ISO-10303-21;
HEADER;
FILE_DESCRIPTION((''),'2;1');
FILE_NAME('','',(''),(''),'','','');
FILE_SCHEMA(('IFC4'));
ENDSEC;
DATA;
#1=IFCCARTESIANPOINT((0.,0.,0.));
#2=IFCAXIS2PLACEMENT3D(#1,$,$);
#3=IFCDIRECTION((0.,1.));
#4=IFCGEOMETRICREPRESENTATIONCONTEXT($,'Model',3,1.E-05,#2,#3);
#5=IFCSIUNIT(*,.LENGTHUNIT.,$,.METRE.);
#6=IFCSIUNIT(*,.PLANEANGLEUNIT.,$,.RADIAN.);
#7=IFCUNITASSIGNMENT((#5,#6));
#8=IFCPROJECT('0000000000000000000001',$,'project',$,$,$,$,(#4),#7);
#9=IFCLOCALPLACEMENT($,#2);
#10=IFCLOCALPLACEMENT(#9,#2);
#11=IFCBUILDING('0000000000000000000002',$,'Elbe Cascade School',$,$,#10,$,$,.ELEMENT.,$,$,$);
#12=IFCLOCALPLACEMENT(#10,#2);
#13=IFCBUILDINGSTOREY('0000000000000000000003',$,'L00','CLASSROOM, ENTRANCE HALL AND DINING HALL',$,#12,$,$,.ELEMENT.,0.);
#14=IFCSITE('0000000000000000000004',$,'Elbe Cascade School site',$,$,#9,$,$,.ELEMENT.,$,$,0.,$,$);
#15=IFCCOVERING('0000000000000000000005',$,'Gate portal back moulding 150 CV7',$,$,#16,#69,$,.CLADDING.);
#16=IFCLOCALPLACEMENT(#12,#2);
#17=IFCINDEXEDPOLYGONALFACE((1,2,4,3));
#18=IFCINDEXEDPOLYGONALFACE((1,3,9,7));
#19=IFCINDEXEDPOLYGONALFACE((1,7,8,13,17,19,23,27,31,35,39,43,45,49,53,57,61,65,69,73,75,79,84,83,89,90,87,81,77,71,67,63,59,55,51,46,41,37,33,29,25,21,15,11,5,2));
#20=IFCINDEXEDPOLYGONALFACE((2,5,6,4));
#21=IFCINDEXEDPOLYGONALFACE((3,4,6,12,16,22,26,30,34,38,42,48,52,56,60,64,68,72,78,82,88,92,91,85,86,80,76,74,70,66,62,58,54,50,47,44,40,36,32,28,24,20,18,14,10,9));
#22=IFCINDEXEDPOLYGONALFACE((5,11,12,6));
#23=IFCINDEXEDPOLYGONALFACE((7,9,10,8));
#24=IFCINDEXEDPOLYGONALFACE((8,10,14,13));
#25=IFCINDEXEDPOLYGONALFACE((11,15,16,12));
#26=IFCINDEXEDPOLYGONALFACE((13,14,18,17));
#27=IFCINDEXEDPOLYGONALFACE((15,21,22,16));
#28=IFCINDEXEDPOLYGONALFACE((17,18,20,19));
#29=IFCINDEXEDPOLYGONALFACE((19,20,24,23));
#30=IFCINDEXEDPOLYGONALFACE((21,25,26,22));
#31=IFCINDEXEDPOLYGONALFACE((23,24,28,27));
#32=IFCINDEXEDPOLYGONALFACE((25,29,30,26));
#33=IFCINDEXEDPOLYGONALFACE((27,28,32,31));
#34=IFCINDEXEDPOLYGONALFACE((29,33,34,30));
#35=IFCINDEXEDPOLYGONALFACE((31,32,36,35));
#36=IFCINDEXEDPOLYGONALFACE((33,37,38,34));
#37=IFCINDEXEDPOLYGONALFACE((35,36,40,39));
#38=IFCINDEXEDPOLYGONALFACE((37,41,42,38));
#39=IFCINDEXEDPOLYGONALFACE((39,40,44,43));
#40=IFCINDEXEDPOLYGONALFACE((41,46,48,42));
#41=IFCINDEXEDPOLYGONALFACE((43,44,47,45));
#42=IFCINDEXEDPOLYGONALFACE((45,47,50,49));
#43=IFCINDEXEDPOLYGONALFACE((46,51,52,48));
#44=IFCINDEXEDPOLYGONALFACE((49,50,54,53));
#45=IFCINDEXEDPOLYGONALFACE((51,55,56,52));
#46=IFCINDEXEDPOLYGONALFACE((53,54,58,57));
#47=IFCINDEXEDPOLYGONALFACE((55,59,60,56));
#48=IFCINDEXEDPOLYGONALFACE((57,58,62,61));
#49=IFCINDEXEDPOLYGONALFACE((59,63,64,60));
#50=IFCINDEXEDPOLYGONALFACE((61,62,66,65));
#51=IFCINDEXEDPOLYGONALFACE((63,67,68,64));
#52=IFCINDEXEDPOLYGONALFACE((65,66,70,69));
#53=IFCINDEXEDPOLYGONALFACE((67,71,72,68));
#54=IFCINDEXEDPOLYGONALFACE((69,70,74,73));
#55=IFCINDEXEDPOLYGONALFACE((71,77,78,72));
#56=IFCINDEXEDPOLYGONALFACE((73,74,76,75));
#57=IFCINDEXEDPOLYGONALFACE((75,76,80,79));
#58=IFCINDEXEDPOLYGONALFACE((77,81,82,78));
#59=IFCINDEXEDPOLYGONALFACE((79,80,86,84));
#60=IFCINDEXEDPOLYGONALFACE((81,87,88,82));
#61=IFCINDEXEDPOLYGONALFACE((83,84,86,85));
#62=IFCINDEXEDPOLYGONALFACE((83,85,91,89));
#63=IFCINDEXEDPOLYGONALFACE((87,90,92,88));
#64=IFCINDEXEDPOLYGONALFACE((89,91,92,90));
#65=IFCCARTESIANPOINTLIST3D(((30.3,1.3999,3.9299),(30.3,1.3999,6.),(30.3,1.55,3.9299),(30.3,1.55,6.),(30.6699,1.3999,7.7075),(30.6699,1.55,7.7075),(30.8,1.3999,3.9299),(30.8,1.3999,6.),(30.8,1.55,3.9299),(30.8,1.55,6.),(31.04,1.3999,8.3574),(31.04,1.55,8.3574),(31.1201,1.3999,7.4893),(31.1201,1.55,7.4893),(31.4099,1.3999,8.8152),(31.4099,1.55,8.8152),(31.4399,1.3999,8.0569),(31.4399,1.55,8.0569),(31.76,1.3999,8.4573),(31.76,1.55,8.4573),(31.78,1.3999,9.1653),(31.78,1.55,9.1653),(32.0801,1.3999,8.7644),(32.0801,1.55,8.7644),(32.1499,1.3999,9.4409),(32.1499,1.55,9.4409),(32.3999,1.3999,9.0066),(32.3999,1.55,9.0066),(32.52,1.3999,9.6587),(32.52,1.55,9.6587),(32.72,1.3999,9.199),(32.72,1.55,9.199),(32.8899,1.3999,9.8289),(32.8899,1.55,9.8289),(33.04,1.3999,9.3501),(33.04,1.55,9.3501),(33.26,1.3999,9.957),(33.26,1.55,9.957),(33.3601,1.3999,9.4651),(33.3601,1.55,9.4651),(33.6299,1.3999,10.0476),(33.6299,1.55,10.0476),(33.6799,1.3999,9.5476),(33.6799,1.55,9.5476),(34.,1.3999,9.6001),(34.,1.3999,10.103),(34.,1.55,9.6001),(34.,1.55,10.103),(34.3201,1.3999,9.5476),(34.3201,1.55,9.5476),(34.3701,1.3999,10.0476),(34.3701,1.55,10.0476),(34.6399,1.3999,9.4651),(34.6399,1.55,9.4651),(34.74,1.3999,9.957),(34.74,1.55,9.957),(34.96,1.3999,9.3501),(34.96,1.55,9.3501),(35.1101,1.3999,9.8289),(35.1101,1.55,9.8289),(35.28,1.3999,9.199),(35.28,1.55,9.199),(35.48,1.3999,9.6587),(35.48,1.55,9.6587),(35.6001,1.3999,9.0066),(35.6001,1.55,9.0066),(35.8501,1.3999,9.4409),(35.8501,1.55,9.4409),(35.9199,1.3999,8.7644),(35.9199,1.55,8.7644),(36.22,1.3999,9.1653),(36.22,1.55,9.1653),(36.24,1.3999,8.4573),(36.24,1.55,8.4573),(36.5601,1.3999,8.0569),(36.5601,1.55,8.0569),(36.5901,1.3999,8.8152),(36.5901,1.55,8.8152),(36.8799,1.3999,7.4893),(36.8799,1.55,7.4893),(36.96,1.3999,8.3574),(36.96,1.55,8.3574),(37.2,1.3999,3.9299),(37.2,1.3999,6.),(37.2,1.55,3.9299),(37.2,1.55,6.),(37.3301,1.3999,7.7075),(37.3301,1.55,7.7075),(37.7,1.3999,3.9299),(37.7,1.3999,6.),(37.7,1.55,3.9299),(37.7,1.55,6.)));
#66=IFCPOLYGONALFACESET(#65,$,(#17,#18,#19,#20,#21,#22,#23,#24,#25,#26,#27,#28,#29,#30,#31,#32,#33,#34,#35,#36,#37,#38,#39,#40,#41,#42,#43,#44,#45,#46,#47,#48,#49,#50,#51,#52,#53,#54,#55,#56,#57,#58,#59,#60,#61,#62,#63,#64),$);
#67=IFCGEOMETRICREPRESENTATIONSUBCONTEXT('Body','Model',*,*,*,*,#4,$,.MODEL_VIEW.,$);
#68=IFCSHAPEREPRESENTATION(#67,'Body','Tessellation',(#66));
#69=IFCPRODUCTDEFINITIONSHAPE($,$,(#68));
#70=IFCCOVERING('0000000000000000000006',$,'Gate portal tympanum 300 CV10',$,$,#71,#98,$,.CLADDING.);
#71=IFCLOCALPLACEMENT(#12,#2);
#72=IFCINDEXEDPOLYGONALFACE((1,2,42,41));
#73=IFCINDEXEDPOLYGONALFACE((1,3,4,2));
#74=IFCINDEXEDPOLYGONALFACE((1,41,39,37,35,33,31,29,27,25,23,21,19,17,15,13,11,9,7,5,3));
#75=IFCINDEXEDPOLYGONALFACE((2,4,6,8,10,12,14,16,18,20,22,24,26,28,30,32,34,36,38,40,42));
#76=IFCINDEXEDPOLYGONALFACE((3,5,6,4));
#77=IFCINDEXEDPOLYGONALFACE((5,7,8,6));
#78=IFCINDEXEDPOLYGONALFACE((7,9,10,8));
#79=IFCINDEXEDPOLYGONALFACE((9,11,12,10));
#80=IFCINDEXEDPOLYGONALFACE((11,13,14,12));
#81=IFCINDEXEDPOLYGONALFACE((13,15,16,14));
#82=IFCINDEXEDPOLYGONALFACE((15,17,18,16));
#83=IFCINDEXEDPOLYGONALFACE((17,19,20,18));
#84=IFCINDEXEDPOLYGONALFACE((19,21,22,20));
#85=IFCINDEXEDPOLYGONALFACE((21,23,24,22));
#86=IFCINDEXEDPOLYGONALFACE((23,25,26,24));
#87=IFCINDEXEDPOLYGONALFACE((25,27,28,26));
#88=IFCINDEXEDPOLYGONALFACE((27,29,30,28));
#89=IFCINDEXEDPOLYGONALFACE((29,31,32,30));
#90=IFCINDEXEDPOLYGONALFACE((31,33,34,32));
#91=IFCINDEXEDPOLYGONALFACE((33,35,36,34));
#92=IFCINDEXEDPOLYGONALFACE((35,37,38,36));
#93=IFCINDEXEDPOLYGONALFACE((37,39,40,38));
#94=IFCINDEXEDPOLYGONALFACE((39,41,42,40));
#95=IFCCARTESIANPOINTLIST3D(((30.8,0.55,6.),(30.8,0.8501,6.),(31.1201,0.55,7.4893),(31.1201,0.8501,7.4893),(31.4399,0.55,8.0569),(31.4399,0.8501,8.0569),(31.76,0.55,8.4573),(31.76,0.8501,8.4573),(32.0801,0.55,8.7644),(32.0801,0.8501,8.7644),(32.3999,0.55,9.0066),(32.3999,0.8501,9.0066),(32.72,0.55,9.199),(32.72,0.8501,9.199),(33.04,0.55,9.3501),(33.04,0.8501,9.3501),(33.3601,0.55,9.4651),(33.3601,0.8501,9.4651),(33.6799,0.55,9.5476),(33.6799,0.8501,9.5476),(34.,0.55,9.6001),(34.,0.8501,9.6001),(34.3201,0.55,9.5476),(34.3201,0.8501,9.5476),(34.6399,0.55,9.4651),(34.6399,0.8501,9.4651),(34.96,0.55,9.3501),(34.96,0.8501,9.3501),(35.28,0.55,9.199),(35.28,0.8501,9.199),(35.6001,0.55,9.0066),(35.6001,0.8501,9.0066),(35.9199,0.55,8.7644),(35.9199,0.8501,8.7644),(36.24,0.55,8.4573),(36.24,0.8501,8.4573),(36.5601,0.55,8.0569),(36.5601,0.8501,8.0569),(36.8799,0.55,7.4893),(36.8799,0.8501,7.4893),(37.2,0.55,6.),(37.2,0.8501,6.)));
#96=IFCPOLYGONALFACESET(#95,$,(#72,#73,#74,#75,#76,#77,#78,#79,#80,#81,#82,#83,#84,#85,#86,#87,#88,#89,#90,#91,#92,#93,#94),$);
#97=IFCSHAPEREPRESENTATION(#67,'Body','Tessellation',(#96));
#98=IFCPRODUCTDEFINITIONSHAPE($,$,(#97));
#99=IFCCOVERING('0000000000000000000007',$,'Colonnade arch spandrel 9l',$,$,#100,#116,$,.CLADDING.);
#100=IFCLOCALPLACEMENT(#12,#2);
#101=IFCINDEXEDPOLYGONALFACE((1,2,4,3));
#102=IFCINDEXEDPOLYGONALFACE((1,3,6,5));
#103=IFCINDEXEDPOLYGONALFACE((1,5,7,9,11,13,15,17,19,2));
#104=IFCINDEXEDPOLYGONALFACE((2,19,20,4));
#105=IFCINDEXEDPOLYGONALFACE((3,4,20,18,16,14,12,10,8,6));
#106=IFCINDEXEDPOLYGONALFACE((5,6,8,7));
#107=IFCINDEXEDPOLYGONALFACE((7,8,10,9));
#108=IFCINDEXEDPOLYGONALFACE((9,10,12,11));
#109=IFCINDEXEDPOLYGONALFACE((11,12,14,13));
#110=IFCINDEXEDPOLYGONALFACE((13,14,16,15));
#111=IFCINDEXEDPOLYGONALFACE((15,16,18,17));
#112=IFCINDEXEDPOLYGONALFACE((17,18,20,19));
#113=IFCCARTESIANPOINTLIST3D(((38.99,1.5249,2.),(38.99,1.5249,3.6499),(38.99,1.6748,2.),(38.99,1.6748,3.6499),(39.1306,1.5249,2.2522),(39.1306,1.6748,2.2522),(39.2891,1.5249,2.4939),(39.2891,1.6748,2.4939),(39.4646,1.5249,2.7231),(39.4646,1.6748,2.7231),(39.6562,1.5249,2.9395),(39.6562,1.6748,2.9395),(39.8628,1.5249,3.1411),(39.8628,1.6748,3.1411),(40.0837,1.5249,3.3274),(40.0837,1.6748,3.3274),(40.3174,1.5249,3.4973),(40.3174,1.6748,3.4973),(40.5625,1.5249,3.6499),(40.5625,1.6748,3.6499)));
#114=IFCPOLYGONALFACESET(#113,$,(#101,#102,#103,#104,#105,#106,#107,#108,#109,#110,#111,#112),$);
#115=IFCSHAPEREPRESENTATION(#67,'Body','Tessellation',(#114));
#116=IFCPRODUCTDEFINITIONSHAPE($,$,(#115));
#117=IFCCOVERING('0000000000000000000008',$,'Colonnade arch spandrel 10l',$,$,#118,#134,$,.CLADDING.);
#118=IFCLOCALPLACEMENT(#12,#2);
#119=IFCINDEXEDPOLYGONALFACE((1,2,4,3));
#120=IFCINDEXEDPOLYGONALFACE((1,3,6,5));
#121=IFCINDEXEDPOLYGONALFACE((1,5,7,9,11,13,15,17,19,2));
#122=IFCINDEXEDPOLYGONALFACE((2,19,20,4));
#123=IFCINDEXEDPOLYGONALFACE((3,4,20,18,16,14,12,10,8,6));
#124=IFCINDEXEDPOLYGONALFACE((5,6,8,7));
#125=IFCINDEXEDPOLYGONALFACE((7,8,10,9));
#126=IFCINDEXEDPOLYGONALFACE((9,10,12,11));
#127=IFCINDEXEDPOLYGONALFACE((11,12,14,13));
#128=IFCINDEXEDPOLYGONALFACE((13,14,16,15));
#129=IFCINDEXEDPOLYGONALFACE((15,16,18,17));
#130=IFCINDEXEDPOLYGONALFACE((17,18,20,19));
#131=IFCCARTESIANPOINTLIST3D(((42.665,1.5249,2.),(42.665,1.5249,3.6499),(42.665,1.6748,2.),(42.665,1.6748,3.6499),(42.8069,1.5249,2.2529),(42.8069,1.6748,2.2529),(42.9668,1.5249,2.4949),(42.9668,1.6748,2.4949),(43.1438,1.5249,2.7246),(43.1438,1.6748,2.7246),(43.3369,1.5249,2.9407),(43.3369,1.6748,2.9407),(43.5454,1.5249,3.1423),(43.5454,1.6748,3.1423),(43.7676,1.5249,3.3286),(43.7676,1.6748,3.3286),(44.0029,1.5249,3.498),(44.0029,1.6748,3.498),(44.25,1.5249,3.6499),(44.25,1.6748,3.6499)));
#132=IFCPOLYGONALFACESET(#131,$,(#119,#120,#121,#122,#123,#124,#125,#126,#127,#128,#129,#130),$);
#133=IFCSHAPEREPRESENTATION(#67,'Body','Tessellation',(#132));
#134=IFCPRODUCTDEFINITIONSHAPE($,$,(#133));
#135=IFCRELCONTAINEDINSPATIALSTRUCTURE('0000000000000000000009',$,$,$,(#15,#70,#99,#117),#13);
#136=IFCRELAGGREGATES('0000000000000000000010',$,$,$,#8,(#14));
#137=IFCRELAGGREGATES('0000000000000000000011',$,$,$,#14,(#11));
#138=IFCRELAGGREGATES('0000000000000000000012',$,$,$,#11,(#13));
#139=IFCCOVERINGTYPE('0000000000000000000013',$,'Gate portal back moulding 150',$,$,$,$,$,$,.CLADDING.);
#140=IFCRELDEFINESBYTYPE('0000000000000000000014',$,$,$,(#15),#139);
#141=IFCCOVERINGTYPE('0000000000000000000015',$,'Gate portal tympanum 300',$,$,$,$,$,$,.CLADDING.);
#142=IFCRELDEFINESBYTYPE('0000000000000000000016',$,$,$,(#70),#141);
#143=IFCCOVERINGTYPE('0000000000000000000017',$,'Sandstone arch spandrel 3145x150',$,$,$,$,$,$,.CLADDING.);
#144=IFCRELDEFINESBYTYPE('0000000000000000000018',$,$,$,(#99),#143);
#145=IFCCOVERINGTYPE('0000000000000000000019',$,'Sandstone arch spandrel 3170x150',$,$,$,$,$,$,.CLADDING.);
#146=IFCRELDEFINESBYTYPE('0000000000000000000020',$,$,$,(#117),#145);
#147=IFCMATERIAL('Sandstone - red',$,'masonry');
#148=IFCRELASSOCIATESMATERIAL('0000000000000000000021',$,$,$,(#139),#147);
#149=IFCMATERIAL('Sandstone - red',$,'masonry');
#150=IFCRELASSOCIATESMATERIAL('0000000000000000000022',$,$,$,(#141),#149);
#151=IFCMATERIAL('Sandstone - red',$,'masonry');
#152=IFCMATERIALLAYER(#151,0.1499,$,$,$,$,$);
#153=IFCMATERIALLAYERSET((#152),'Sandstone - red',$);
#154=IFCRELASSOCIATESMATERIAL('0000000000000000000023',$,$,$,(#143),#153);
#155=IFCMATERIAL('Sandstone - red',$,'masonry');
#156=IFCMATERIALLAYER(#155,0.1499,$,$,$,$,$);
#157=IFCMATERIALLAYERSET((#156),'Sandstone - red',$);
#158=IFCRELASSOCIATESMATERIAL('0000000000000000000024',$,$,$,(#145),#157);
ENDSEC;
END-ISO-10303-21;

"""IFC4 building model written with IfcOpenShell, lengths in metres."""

from ifc_helpers import new_model, si_unit, direction, frame, origin, place, context, subcontext, project, spatial, polyline, outline, extrude, material, layer, layer_set, material_profile, profile_set, type_object, element, save


model = new_model("IFC4")

# Units and contexts
model_context = context("Model", 3, precision=1e-05, world=origin(), true_north=direction((0.0, 1.0)))
body_context = subcontext(model_context, "Body", "Model", "MODEL_VIEW")
ifc_project = project(units=[si_unit("LENGTHUNIT", "METRE"), si_unit("PLANEANGLEUNIT", "RADIAN")], contexts=[model_context])

# Site, building, storey
site_placement = place(None, origin())
site = spatial("IfcSite", under=ifc_project, at=site_placement, Name="Elbe Cascade School site", CompositionType="ELEMENT", RefElevation=0.0)
building_placement = place(site_placement, origin())
building = spatial("IfcBuilding", under=site, at=building_placement, Name="Elbe Cascade School", CompositionType="ELEMENT")
storey_placement = place(building_placement, origin())
storey = spatial("IfcBuildingStorey", under=building, at=storey_placement, Name="L00", Description="CLASSROOM, ENTRANCE HALL AND DINING HALL", CompositionType="ELEMENT", Elevation=0.0)

# Coverings
ifc_material_1 = material(Name="Sandstone - red", Category="masonry")
ifc_material_profile_1 = material_profile(ifc_material_1, outline(polyline([(-3.7, 3.9299), (-3.7, 6.0), (-3.3301, 7.7075), (-2.96, 8.3574), (-2.5901, 8.8152), (-2.22, 9.1653), (-1.8501, 9.4409), (-1.48, 9.6587), (-1.1101, 9.8289), (-0.74, 9.957), (-0.3701, 10.0476), (0.0, 10.103), (0.3701, 10.0476), (0.74, 9.957), (1.1101, 9.8289), (1.48, 9.6587), (1.8501, 9.4409), (2.22, 9.1653), (2.5901, 8.8152), (2.96, 8.3574), (3.3301, 7.7075), (3.7, 6.0), (3.7, 3.9299), (3.2, 3.9299), (3.2, 6.0), (2.8799, 7.4893), (2.5601, 8.0569), (2.24, 8.4573), (1.9199, 8.7644), (1.6001, 9.0066), (1.28, 9.199), (0.96, 9.3501), (0.6399, 9.4651), (0.3201, 9.5476), (0.0, 9.6001), (-0.3201, 9.5476), (-0.6399, 9.4651), (-0.96, 9.3501), (-1.28, 9.199), (-1.6001, 9.0066), (-1.9199, 8.7644), (-2.24, 8.4573), (-2.5601, 8.0569), (-2.8799, 7.4893), (-3.2, 6.0), (-3.2, 3.9299), (-3.7, 3.9299)])), Name="Arch moulding back face")
ifc_profile_set_1 = profile_set([ifc_material_profile_1], Name="Sandstone - red")
covering_type_1 = type_object("IfcCoveringType", Name="Gate portal back moulding 150", PredefinedType="CLADDING", material=ifc_profile_set_1)
covering_1_placement = place(storey_placement, frame((34.0, 1.3999, 0.0), z_axis=(0.0, 1.0, 0.0), x_axis=(-1.0, 0.0, 0.0)))
element("IfcCovering", 1, at=covering_1_placement, inside=storey, type_object=covering_type_1, Name="Gate portal back moulding 150 CV7", PredefinedType="CLADDING", context=body_context, shape_type="SweptSolid", body=[
    extrude(outline(polyline([(-3.7, 3.9299), (-3.7, 6.0), (-3.3301, 7.7075), (-2.96, 8.3574), (-2.5901, 8.8152), (-2.22, 9.1653), (-1.8501, 9.4409), (-1.48, 9.6587), (-1.1101, 9.8289), (-0.74, 9.957), (-0.3701, 10.0476), (0.0, 10.103), (0.3701, 10.0476), (0.74, 9.957), (1.1101, 9.8289), (1.48, 9.6587), (1.8501, 9.4409), (2.22, 9.1653), (2.5901, 8.8152), (2.96, 8.3574), (3.3301, 7.7075), (3.7, 6.0), (3.7, 3.9299), (3.2, 3.9299), (3.2, 6.0), (2.8799, 7.4893), (2.5601, 8.0569), (2.24, 8.4573), (1.9199, 8.7644), (1.6001, 9.0066), (1.28, 9.199), (0.96, 9.3501), (0.6399, 9.4651), (0.3201, 9.5476), (0.0, 9.6001), (-0.3201, 9.5476), (-0.6399, 9.4651), (-0.96, 9.3501), (-1.28, 9.199), (-1.6001, 9.0066), (-1.9199, 8.7644), (-2.24, 8.4573), (-2.5601, 8.0569), (-2.8799, 7.4893), (-3.2, 6.0), (-3.2, 3.9299), (-3.7, 3.9299)])), origin(), (0.0, 0.0, 1.0), 0.1501),
])
ifc_material_2 = material(Name="Sandstone - red", Category="masonry")
ifc_material_profile_2 = material_profile(ifc_material_2, outline(polyline([(-3.2, 6.0), (-2.8799, 7.4893), (-2.5601, 8.0569), (-2.24, 8.4573), (-1.9199, 8.7644), (-1.6001, 9.0066), (-1.28, 9.199), (-0.96, 9.3501), (-0.6399, 9.4651), (-0.3201, 9.5476), (0.0, 9.6001), (0.3201, 9.5476), (0.6399, 9.4651), (0.96, 9.3501), (1.28, 9.199), (1.6001, 9.0066), (1.9199, 8.7644), (2.24, 8.4573), (2.5601, 8.0569), (2.8799, 7.4893), (3.2, 6.0), (-3.2, 6.0)])), Name="Arch tympanum face")
ifc_profile_set_2 = profile_set([ifc_material_profile_2], Name="Sandstone - red")
covering_type_2 = type_object("IfcCoveringType", Name="Gate portal tympanum 300", PredefinedType="CLADDING", material=ifc_profile_set_2)
covering_2_placement = place(storey_placement, frame((34.0, 0.55, 0.0), z_axis=(0.0, 1.0, 0.0), x_axis=(-1.0, 0.0, 0.0)))
element("IfcCovering", 2, at=covering_2_placement, inside=storey, type_object=covering_type_2, Name="Gate portal tympanum 300 CV10", PredefinedType="CLADDING", context=body_context, shape_type="SweptSolid", body=[
    extrude(outline(polyline([(-3.2, 6.0), (-2.8799, 7.4893), (-2.5601, 8.0569), (-2.24, 8.4573), (-1.9199, 8.7644), (-1.6001, 9.0066), (-1.28, 9.199), (-0.96, 9.3501), (-0.6399, 9.4651), (-0.3201, 9.5476), (0.0, 9.6001), (0.3201, 9.5476), (0.6399, 9.4651), (0.96, 9.3501), (1.28, 9.199), (1.6001, 9.0066), (1.9199, 8.7644), (2.24, 8.4573), (2.5601, 8.0569), (2.8799, 7.4893), (3.2, 6.0), (-3.2, 6.0)])), origin(), (0.0, 0.0, 1.0), 0.3),
])
ifc_material_3 = material(Name="Sandstone - red", Category="masonry")
ifc_layer_1 = layer(ifc_material_3, 0.1499)
ifc_layer_set_1 = layer_set([ifc_layer_1], Name="Sandstone - red")
covering_type_3 = type_object("IfcCoveringType", Name="Sandstone arch spandrel 3145x150", PredefinedType="CLADDING", material=ifc_layer_set_1)
covering_3_placement = place(storey_placement, frame((38.99, 1.5249, 3.6499), z_axis=(0.0, -1.0, 0.0), x_axis=(0.0, 0.0, -1.0)))
element("IfcCovering", 3, at=covering_3_placement, inside=storey, type_object=covering_type_3, Name="Colonnade arch spandrel 9l", PredefinedType="CLADDING", context=body_context, shape_type="SweptSolid", body=[
    extrude(outline(polyline([(0.0, 0.0), (1.6499, 0.0), (1.3977, 0.1406), (1.156, 0.2991), (0.9268, 0.4746), (0.7104, 0.6663), (0.5088, 0.8728), (0.3225, 1.0938), (0.1526, 1.3274), (0.0, 1.5725), (0.0, 0.0)])), origin(), (0.0, 0.0, -1.0), 0.1499),
])
ifc_material_4 = material(Name="Sandstone - red", Category="masonry")
ifc_layer_2 = layer(ifc_material_4, 0.1499)
ifc_layer_set_2 = layer_set([ifc_layer_2], Name="Sandstone - red")
covering_type_4 = type_object("IfcCoveringType", Name="Sandstone arch spandrel 3170x150", PredefinedType="CLADDING", material=ifc_layer_set_2)
covering_4_placement = place(storey_placement, frame((42.665, 1.5249, 3.6499), z_axis=(0.0, -1.0, 0.0), x_axis=(0.0, 0.0, -1.0)))
element("IfcCovering", 4, at=covering_4_placement, inside=storey, type_object=covering_type_4, Name="Colonnade arch spandrel 10l", PredefinedType="CLADDING", context=body_context, shape_type="SweptSolid", body=[
    extrude(outline(polyline([(0.0, 0.0), (1.6499, 0.0), (1.397, 0.1418), (1.155, 0.3018), (0.9253, 0.4788), (0.7092, 0.6719), (0.5076, 0.8804), (0.3213, 1.1025), (0.1519, 1.3379), (0.0, 1.585), (0.0, 0.0)])), origin(), (0.0, 0.0, -1.0), 0.1499),
])

save(model, "model.ifc")
